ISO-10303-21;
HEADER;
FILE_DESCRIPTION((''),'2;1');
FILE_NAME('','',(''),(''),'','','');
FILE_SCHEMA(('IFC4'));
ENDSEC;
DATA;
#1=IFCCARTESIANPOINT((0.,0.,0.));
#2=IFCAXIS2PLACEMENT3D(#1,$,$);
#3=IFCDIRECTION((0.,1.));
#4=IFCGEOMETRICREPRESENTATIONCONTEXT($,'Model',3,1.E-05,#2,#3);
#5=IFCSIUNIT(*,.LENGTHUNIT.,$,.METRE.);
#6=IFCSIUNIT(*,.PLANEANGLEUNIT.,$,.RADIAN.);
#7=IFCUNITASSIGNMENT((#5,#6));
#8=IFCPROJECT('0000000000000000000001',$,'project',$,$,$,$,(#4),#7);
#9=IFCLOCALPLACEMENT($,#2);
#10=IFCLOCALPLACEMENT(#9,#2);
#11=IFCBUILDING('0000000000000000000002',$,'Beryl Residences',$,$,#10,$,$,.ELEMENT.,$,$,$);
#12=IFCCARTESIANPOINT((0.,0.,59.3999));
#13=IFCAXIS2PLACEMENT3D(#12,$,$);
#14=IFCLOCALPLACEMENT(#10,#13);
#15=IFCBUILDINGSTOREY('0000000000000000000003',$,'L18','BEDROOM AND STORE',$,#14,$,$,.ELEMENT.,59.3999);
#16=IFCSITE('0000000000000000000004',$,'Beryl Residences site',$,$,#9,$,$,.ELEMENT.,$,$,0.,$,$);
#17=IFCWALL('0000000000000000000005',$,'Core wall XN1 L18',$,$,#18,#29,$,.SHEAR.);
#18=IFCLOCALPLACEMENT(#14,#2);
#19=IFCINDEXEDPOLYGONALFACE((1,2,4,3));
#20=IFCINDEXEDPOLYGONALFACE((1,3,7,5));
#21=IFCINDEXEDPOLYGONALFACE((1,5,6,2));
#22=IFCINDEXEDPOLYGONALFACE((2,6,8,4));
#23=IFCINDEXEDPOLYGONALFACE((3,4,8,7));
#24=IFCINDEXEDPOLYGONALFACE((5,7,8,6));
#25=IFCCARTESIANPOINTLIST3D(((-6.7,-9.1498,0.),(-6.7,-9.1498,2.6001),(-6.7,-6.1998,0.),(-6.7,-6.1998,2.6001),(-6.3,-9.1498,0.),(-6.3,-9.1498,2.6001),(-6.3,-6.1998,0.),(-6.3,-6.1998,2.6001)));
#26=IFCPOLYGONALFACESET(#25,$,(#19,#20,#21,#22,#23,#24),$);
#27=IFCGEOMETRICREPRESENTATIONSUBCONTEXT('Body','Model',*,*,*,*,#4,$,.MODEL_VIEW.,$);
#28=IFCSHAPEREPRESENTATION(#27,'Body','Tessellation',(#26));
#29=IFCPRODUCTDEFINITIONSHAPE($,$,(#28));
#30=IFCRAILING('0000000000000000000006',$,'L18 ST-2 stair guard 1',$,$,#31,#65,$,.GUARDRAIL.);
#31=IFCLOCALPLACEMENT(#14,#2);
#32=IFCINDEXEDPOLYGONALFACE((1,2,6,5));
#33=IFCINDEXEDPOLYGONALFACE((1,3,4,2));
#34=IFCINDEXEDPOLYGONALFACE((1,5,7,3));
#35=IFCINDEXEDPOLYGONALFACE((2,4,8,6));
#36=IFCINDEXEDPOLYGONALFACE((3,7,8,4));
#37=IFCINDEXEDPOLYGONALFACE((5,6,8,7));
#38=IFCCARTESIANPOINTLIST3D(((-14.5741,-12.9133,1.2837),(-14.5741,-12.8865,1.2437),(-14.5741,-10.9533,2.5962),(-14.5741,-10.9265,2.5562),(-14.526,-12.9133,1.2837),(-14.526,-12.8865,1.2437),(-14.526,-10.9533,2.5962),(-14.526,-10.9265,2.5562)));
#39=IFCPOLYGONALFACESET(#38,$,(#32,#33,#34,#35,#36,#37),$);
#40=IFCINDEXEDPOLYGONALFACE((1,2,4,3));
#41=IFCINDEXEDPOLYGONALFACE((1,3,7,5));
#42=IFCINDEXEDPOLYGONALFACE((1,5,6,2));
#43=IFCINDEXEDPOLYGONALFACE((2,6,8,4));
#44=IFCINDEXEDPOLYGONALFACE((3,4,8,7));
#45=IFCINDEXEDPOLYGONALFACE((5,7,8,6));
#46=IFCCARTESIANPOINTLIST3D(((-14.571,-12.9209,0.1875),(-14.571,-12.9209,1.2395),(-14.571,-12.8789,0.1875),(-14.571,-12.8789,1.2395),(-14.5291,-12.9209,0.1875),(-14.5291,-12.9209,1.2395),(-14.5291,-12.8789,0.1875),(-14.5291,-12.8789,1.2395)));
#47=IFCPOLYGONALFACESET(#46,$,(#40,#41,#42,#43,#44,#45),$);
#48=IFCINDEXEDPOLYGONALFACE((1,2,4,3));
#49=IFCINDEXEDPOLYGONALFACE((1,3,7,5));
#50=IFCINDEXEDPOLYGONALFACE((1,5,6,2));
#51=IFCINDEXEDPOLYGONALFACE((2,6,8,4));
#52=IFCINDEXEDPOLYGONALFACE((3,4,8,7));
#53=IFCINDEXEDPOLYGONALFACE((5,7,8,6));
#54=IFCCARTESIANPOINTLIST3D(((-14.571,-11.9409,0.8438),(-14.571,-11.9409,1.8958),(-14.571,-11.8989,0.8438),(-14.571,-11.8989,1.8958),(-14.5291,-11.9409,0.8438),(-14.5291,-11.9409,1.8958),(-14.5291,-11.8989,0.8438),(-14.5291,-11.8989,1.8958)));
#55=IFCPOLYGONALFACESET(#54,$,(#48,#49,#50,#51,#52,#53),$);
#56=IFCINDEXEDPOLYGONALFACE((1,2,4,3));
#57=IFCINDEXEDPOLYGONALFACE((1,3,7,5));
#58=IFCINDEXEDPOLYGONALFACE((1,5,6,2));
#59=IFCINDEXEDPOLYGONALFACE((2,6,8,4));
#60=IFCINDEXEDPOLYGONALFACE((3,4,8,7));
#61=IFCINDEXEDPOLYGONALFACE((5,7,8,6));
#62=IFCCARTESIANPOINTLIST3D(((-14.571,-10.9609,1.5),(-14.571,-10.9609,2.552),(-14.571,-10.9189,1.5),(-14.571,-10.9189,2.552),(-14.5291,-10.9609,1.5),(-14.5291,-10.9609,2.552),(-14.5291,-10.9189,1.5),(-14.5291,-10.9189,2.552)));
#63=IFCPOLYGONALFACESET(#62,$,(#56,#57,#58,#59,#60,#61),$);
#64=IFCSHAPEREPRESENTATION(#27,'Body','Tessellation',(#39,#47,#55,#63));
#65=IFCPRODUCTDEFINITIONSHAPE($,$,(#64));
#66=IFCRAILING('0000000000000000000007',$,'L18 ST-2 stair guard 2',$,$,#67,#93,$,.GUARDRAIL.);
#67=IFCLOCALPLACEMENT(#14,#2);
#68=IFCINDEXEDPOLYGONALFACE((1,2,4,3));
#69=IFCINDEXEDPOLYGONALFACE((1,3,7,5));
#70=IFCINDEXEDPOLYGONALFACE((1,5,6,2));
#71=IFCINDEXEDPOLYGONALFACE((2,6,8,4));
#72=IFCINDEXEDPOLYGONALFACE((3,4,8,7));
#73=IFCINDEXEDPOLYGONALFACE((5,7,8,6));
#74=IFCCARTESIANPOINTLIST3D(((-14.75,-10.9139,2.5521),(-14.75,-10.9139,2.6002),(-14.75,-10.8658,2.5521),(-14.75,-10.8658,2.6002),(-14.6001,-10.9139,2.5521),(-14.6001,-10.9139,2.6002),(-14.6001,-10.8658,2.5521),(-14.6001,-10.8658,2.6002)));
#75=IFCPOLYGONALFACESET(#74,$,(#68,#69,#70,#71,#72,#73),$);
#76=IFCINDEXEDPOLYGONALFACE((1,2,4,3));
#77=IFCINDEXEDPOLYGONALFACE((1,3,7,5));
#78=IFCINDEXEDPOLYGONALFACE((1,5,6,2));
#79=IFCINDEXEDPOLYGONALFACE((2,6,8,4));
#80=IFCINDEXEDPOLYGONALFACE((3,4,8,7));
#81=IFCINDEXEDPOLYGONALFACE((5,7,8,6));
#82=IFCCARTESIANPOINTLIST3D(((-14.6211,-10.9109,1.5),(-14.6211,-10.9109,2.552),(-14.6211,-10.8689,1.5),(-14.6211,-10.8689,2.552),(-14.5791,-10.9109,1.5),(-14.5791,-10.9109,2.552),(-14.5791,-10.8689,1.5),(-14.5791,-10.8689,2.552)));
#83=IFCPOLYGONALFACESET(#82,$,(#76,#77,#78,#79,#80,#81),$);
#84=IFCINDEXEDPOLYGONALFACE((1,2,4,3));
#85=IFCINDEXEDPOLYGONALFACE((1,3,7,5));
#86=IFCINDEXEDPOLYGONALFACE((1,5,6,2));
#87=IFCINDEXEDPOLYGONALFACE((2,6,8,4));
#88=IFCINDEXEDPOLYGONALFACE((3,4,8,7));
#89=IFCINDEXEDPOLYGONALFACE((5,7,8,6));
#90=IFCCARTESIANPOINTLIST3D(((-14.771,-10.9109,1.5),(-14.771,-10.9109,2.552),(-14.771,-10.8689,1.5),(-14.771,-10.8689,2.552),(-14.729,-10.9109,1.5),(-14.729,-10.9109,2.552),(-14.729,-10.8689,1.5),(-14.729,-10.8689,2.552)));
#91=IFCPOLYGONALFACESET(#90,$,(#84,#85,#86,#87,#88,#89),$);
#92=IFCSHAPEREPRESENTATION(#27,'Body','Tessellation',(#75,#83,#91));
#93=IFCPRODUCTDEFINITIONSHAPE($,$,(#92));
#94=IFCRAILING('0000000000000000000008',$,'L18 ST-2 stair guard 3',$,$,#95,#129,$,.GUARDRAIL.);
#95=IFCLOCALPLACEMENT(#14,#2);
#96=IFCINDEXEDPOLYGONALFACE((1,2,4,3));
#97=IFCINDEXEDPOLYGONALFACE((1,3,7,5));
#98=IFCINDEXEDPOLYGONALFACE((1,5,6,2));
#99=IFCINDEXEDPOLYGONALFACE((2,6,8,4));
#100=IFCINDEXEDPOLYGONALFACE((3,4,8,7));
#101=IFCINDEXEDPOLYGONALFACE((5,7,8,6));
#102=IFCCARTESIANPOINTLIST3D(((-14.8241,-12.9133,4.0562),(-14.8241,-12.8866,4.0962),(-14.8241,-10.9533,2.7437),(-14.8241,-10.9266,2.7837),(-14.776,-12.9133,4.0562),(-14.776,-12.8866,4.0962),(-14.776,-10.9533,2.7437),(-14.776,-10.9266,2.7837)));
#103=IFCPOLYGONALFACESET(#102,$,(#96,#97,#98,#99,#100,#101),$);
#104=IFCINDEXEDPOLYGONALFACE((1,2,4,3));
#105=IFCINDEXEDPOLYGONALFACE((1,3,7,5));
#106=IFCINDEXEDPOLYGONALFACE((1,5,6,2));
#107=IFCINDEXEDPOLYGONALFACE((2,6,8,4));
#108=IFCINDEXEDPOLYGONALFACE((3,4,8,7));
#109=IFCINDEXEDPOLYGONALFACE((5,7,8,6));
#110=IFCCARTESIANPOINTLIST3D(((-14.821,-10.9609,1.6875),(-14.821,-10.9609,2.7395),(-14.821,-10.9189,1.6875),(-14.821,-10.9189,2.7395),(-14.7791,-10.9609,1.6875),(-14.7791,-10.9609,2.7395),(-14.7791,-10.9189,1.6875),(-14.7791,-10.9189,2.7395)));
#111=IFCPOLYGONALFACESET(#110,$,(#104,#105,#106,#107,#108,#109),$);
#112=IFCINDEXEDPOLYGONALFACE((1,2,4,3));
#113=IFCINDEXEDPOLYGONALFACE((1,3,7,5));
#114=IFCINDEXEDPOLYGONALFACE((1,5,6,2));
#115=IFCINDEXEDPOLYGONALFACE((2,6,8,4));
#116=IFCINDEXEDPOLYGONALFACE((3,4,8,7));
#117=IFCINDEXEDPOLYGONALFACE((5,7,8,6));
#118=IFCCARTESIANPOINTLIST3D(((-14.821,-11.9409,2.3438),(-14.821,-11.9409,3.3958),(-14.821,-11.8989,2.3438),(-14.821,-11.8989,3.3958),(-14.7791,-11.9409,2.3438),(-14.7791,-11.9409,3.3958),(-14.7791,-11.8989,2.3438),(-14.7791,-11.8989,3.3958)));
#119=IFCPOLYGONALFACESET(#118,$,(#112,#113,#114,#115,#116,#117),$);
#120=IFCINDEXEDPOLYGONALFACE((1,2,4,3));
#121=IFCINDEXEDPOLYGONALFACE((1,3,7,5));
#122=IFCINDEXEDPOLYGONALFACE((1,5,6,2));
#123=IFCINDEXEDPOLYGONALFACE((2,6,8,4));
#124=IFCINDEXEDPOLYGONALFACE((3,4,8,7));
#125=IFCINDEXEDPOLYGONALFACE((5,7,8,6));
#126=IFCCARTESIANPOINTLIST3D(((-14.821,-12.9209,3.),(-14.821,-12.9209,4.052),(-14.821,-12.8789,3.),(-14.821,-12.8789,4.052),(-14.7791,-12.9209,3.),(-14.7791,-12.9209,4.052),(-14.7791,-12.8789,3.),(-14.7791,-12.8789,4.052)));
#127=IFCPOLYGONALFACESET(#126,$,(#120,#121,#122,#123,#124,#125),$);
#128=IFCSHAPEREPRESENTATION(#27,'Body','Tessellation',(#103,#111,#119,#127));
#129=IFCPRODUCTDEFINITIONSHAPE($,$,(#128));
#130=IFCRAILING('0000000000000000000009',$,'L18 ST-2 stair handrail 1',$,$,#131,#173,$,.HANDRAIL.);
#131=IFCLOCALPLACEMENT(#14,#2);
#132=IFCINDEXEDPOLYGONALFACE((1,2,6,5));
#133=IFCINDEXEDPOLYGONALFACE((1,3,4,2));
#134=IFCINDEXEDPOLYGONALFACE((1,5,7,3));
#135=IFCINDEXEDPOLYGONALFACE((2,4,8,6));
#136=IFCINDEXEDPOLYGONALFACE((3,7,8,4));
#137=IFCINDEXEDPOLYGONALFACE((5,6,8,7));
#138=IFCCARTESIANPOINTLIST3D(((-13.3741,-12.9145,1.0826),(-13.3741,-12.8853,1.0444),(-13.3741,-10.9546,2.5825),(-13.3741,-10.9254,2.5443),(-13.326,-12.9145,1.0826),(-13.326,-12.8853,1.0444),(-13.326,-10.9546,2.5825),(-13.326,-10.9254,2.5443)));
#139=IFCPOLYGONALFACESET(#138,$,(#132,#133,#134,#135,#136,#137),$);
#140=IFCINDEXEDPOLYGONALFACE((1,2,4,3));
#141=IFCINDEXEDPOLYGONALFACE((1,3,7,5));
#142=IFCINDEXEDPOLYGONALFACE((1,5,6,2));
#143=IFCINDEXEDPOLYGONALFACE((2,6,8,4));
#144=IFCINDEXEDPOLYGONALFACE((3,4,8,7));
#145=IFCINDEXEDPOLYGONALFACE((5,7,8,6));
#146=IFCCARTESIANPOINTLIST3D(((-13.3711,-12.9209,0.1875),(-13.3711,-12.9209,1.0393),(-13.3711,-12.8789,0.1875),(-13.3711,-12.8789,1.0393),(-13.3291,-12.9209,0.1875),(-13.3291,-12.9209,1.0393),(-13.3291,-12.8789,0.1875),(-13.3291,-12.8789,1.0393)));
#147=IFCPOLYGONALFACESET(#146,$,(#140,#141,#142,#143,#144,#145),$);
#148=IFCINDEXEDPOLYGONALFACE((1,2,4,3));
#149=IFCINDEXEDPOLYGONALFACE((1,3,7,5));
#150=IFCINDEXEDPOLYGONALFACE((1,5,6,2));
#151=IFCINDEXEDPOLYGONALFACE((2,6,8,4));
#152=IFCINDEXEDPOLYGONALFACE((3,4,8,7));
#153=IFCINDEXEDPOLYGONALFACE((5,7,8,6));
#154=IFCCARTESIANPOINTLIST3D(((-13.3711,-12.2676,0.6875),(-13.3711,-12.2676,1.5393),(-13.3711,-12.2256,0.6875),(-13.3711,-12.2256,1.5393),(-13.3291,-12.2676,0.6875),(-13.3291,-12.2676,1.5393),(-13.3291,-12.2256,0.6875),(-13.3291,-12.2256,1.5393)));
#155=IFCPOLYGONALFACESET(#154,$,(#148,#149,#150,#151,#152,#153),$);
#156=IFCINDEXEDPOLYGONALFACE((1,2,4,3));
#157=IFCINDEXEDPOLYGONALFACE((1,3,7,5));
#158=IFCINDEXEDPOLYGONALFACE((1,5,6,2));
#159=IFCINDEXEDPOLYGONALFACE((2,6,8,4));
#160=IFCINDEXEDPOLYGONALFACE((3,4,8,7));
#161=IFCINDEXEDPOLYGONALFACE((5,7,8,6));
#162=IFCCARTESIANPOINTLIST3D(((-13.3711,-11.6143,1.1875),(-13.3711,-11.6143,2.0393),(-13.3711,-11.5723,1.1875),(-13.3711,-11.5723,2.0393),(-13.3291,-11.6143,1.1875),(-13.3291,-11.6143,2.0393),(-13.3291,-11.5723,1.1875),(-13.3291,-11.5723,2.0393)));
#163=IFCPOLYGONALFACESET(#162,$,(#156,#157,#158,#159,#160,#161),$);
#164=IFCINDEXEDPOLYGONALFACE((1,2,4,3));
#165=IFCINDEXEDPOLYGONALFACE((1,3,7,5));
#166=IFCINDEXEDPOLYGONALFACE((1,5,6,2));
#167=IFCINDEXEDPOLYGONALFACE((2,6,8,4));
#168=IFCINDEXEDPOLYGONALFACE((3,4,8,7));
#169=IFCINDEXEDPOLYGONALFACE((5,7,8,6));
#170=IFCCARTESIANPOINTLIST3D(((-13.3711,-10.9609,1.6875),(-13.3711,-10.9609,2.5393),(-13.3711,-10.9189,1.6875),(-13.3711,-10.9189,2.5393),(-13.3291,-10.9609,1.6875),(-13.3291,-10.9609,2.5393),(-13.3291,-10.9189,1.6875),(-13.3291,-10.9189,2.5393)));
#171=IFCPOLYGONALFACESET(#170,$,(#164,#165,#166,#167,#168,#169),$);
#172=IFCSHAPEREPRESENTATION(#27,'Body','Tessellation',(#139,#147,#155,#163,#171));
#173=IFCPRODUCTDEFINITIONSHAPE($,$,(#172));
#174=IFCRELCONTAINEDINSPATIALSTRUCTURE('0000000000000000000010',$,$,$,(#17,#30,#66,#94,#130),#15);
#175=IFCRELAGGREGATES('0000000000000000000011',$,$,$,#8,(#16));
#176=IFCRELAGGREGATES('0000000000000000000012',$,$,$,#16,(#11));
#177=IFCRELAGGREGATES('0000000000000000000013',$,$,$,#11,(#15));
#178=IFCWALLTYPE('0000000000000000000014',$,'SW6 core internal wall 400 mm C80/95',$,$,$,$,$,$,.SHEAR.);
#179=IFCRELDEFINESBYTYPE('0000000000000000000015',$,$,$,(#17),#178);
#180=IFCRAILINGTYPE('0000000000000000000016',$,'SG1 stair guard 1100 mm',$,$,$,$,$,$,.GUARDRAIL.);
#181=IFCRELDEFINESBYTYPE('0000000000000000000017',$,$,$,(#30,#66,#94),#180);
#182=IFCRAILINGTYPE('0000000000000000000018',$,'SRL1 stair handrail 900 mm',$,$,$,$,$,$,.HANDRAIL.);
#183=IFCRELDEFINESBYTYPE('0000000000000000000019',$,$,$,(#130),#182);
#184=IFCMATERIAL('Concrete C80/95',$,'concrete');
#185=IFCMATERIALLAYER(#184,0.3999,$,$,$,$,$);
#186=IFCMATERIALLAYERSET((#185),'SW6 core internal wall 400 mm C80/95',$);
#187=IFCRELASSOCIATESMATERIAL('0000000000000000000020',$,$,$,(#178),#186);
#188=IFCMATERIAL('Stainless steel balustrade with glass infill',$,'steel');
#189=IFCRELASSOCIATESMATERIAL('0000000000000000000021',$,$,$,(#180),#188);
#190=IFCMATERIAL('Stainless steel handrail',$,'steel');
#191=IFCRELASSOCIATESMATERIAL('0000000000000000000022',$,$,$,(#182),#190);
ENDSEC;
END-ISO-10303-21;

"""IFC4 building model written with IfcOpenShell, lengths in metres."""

from ifc_helpers import new_model, si_unit, direction, frame, frame_2d, origin, origin_2d, place, context, subcontext, project, spatial, rectangle, extrude, material, layer, layer_set, type_object, element, save


model = new_model("IFC4")

# Units and contexts
model_context = context("Model", 3, precision=1e-05, world=origin(), true_north=direction((0.0, 1.0)))
body_context = subcontext(model_context, "Body", "Model", "MODEL_VIEW")
ifc_project = project(units=[si_unit("LENGTHUNIT", "METRE"), si_unit("PLANEANGLEUNIT", "RADIAN")], contexts=[model_context])

# Site, building, storey
site_placement = place(None, origin())
site = spatial("IfcSite", under=ifc_project, at=site_placement, Name="Beryl Residences site", CompositionType="ELEMENT", RefElevation=0.0)
building_placement = place(site_placement, origin())
building = spatial("IfcBuilding", under=site, at=building_placement, Name="Beryl Residences", CompositionType="ELEMENT")
storey_placement = place(building_placement, frame((0.0, 0.0, 59.3999)))
storey = spatial("IfcBuildingStorey", under=building, at=storey_placement, Name="L18", Description="BEDROOM AND STORE", CompositionType="ELEMENT", Elevation=59.3999)

# Shared definitions
ifc_material_1 = material(Name="Concrete C80/95", Category="concrete")
ifc_layer_1 = layer(ifc_material_1, 0.3999)
ifc_layer_set_1 = layer_set([ifc_layer_1], Name="SW6 core internal wall 400 mm C80/95")
wall_type_1 = type_object("IfcWallType", Name="SW6 core internal wall 400 mm C80/95", PredefinedType="SHEAR", material=ifc_layer_set_1)

# Wall
wall_1_placement = place(storey_placement, frame((-6.5, -9.1499, 0.0), z_axis=(0.0, 0.0, 1.0), x_axis=(0.0, 1.0, 0.0)))
element("IfcWall", 1, at=wall_1_placement, inside=storey, type_object=wall_type_1, Name="Core wall XN1 L18", PredefinedType="SHEAR", context=body_context, shape_type="SweptSolid", body=[
    extrude(rectangle(XDim=2.95, YDim=0.3999, at=frame_2d((1.4751, 0.0))), origin(), (0.0, 0.0, 1.0), 2.6001),
])

# Railings
ifc_material_2 = material(Name="Stainless steel balustrade with glass infill", Category="steel")
railing_type_1 = type_object("IfcRailingType", Name="SG1 stair guard 1100 mm", PredefinedType="GUARDRAIL", material=ifc_material_2)
railing_1_placement = place(storey_placement, frame((-14.55, -12.8999, 0.1875)))
element("IfcRailing", 2, at=railing_1_placement, inside=storey, type_object=railing_type_1, Name="L18 ST-2 stair guard 1", PredefinedType="GUARDRAIL", context=body_context, shape_type="SweptSolid", body=[
    extrude(rectangle(XDim=0.0481, YDim=0.0481, at=origin_2d()), frame((0.0, 0.0, 1.0762), z_axis=(0.0, 0.830902, 0.556419), x_axis=(-1.0, 0.0, 0.0)), (0.0, 0.0, 1.0), 2.3589),
    extrude(rectangle(XDim=0.042, YDim=0.042, at=origin_2d()), origin(), (0.0, 0.0, 1.0), 1.052),
    extrude(rectangle(XDim=0.042, YDim=0.042, at=origin_2d()), frame((0.0, 0.98, 0.6562)), (0.0, 0.0, 1.0), 1.052),
    extrude(rectangle(XDim=0.042, YDim=0.042, at=origin_2d()), frame((0.0, 1.96, 1.3125)), (0.0, 0.0, 1.0), 1.052),
])
railing_2_placement = place(storey_placement, frame((-14.6001, -10.8899, 1.5)))
element("IfcRailing", 3, at=railing_2_placement, inside=storey, type_object=railing_type_1, Name="L18 ST-2 stair guard 2", PredefinedType="GUARDRAIL", context=body_context, shape_type="SweptSolid", body=[
    extrude(rectangle(XDim=0.0481, YDim=0.0481, at=origin_2d()), frame((0.0, 0.0, 1.0762), z_axis=(-1.0, 0.0, 0.0), x_axis=(0.0, -1.0, 0.0)), (0.0, 0.0, 1.0), 0.1499),
    extrude(rectangle(XDim=0.042, YDim=0.042, at=origin_2d()), origin(), (0.0, 0.0, 1.0), 1.052),
    extrude(rectangle(XDim=0.042, YDim=0.042, at=origin_2d()), frame((-0.1499, 0.0, 0.0)), (0.0, 0.0, 1.0), 1.052),
])
railing_3_placement = place(storey_placement, frame((-14.8, -10.9399, 1.6875)))
element("IfcRailing", 4, at=railing_3_placement, inside=storey, type_object=railing_type_1, Name="L18 ST-2 stair guard 3", PredefinedType="GUARDRAIL", context=body_context, shape_type="SweptSolid", body=[
    extrude(rectangle(XDim=0.0481, YDim=0.0481, at=origin_2d()), frame((0.0, 0.0, 1.0762), z_axis=(0.0, -0.830902, 0.556419), x_axis=(1.0, 0.0, 0.0)), (0.0, 0.0, 1.0), 2.3589),
    extrude(rectangle(XDim=0.042, YDim=0.042, at=origin_2d()), origin(), (0.0, 0.0, 1.0), 1.052),
    extrude(rectangle(XDim=0.042, YDim=0.042, at=origin_2d()), frame((0.0, -0.98, 0.6562)), (0.0, 0.0, 1.0), 1.052),
    extrude(rectangle(XDim=0.042, YDim=0.042, at=origin_2d()), frame((0.0, -1.96, 1.3125)), (0.0, 0.0, 1.0), 1.052),
])
ifc_material_3 = material(Name="Stainless steel handrail", Category="steel")
railing_type_2 = type_object("IfcRailingType", Name="SRL1 stair handrail 900 mm", PredefinedType="HANDRAIL", material=ifc_material_3)
railing_4_placement = place(storey_placement, frame((-13.3501, -12.8999, 0.1875)))
element("IfcRailing", 5, at=railing_4_placement, inside=storey, type_object=railing_type_2, Name="L18 ST-2 stair handrail 1", PredefinedType="HANDRAIL", context=body_context, shape_type="SweptSolid", body=[
    extrude(rectangle(XDim=0.0481, YDim=0.0481, at=origin_2d()), frame((0.0, 0.0, 0.876), z_axis=(0.0, 0.794122, 0.607758), x_axis=(-1.0, 0.0, 0.0)), (0.0, 0.0, 1.0), 2.468),
    extrude(rectangle(XDim=0.042, YDim=0.042, at=origin_2d()), origin(), (0.0, 0.0, 1.0), 0.8518),
    extrude(rectangle(XDim=0.042, YDim=0.042, at=origin_2d()), frame((0.0, 0.6533, 0.5)), (0.0, 0.0, 1.0), 0.8518),
    extrude(rectangle(XDim=0.042, YDim=0.042, at=origin_2d()), frame((0.0, 1.3066, 1.0)), (0.0, 0.0, 1.0), 0.8518),
    extrude(rectangle(XDim=0.042, YDim=0.042, at=origin_2d()), frame((0.0, 1.96, 1.5)), (0.0, 0.0, 1.0), 0.8518),
])

save(model, "model.ifc")
